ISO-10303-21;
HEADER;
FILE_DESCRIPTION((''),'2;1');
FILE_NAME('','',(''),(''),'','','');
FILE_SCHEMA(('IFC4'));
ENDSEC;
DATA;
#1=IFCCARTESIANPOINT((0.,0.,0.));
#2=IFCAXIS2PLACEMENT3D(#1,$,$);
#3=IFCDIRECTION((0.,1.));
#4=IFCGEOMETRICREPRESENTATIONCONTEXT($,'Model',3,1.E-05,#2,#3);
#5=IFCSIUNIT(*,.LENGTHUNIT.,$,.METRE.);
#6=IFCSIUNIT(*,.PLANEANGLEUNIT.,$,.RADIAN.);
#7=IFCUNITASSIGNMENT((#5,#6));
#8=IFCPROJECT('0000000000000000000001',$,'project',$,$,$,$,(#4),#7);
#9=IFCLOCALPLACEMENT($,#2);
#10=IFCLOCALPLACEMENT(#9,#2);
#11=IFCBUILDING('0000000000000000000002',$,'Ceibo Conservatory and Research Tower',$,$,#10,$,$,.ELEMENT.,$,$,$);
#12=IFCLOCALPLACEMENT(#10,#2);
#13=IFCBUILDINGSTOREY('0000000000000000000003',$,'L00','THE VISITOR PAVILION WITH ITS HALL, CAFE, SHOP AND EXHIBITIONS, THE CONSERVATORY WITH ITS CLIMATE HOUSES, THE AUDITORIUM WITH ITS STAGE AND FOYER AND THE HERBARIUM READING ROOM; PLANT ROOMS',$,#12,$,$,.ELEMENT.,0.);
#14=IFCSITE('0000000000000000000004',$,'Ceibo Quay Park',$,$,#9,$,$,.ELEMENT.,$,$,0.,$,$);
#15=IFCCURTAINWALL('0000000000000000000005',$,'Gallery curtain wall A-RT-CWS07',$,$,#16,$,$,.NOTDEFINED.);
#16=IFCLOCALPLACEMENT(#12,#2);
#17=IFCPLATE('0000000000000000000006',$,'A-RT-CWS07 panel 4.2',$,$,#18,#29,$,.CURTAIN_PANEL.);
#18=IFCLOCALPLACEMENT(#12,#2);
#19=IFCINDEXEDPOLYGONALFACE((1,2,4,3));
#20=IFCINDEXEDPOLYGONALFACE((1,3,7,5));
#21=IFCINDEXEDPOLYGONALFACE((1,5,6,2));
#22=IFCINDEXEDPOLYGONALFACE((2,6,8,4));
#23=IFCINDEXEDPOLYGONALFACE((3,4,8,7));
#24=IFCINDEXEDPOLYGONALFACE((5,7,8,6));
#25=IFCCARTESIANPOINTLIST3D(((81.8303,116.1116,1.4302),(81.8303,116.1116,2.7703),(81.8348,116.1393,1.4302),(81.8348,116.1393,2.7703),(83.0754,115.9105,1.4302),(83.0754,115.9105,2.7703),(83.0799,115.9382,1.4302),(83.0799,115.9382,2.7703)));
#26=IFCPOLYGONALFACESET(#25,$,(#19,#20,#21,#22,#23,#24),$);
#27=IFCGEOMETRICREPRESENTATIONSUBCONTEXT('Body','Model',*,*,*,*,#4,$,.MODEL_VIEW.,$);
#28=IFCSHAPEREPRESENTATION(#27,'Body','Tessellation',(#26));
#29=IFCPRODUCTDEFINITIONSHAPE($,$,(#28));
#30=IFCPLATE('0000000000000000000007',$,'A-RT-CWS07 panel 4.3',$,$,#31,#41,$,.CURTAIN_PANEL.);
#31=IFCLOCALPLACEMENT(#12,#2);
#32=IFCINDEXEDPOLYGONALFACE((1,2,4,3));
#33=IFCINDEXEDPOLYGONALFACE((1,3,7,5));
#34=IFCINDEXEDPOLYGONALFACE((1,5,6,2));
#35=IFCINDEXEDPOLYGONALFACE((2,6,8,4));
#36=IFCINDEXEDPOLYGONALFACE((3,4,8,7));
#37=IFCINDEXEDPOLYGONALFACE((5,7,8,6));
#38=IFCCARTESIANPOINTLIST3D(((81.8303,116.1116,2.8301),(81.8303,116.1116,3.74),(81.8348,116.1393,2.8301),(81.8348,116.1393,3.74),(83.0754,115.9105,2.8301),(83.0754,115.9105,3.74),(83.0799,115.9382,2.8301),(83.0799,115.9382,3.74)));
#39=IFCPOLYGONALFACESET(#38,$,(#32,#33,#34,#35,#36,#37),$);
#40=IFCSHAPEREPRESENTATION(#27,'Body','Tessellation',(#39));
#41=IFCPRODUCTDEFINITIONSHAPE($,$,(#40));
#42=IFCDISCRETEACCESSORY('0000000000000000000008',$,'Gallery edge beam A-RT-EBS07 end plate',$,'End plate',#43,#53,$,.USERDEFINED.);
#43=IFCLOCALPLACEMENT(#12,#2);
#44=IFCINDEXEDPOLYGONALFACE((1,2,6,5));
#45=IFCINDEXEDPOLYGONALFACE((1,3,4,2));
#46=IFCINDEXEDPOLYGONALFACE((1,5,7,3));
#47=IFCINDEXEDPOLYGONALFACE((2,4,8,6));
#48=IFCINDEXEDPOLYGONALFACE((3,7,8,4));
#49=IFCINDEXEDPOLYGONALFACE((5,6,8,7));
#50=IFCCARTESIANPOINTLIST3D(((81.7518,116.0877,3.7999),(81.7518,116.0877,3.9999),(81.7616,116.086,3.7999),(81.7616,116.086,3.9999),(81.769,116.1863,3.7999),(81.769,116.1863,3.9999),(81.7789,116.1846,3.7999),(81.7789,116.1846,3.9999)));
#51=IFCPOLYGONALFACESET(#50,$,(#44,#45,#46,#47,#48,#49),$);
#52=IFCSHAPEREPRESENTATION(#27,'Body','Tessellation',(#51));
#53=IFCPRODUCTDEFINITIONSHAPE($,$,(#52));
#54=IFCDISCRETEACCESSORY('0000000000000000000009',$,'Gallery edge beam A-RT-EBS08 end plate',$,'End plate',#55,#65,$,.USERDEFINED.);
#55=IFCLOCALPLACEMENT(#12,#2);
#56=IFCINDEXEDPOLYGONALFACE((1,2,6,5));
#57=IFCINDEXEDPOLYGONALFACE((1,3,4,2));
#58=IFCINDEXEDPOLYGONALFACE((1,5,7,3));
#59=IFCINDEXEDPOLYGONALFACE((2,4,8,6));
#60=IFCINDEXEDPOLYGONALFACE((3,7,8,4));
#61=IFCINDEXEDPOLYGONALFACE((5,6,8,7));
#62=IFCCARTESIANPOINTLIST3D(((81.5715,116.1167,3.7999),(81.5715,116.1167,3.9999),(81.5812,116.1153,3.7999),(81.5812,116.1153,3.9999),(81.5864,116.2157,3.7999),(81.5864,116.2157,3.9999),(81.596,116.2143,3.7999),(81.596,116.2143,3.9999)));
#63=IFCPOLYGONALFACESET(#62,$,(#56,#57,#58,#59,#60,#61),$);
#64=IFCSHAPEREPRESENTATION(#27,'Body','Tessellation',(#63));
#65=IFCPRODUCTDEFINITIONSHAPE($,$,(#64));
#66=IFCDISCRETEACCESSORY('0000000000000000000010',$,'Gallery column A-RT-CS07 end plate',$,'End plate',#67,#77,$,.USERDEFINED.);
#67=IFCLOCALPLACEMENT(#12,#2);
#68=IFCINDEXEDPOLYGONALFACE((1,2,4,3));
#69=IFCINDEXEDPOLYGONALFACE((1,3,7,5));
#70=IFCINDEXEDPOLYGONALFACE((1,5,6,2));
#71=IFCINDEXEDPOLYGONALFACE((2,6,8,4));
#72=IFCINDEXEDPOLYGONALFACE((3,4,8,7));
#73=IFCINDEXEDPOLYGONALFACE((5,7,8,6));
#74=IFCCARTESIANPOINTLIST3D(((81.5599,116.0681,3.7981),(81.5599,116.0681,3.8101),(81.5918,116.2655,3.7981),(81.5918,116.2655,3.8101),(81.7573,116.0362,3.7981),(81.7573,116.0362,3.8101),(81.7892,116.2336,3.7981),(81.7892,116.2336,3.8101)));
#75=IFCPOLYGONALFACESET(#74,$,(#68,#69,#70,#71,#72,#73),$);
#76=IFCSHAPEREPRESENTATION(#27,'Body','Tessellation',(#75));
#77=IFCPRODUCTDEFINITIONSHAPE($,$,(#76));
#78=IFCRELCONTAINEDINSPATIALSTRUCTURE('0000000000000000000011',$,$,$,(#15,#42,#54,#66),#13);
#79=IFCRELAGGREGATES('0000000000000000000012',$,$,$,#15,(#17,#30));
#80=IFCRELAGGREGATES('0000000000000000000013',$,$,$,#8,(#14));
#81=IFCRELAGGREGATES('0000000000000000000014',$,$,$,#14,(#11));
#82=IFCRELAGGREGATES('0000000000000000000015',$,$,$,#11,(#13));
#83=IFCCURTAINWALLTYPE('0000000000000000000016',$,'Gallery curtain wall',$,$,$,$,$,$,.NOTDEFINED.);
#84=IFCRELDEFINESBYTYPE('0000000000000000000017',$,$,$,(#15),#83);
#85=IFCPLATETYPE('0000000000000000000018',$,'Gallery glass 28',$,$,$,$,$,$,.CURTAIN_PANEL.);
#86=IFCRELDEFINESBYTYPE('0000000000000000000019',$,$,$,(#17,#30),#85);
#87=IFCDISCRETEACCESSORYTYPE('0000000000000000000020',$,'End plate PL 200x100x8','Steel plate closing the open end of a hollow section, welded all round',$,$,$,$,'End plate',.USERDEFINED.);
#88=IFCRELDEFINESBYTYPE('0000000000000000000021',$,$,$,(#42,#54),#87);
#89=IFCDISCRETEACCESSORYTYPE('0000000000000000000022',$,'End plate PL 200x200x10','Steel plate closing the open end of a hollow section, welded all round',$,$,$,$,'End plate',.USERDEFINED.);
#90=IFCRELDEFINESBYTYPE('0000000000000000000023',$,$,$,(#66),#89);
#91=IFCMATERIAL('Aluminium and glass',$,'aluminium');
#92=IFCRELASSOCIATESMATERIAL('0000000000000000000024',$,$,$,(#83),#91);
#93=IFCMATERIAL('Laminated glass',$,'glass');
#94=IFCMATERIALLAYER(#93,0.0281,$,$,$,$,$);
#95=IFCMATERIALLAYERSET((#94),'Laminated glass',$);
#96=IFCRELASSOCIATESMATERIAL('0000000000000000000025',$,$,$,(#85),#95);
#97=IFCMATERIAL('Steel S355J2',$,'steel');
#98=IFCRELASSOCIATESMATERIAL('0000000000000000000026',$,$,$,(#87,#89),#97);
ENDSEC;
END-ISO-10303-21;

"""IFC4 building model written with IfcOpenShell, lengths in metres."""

from ifc_helpers import new_model, si_unit, direction, frame, origin, origin_2d, place, context, subcontext, project, spatial, rectangle, extrude, material, layer, layer_set, material_profile, profile_set, type_object, element, aggregate, save


model = new_model("IFC4")

# Units and contexts
model_context = context("Model", 3, precision=1e-05, world=origin(), true_north=direction((0.0, 1.0)))
body_context = subcontext(model_context, "Body", "Model", "MODEL_VIEW")
ifc_project = project(units=[si_unit("LENGTHUNIT", "METRE"), si_unit("PLANEANGLEUNIT", "RADIAN")], contexts=[model_context])

# Site, building, storey
site_placement = place(None, origin())
site = spatial("IfcSite", under=ifc_project, at=site_placement, Name="Ceibo Quay Park", CompositionType="ELEMENT", RefElevation=0.0)
building_placement = place(site_placement, origin())
building = spatial("IfcBuilding", under=site, at=building_placement, Name="Ceibo Conservatory and Research Tower", CompositionType="ELEMENT")
storey_placement = place(building_placement, origin())
storey = spatial("IfcBuildingStorey", under=building, at=storey_placement, Name="L00", Description="THE VISITOR PAVILION WITH ITS HALL, CAFE, SHOP AND EXHIBITIONS, THE CONSERVATORY WITH ITS CLIMATE HOUSES, THE AUDITORIUM WITH ITS STAGE AND FOYER AND THE HERBARIUM READING ROOM; PLANT ROOMS", CompositionType="ELEMENT", Elevation=0.0)

# Curtain wall
ifc_material_1 = material(Name="Aluminium and glass", Category="aluminium")
curtain_wall_type = type_object("IfcCurtainWallType", Name="Gallery curtain wall", PredefinedType="NOTDEFINED", material=ifc_material_1)
curtain_wall_1_placement = place(storey_placement, origin())
curtain_wall_1 = element("IfcCurtainWall", 1, at=curtain_wall_1_placement, inside=storey, type_object=curtain_wall_type, Name="Gallery curtain wall A-RT-CWS07", PredefinedType="NOTDEFINED")

# Plates
ifc_material_2 = material(Name="Laminated glass", Category="glass")
ifc_layer = layer(ifc_material_2, 0.0281)
ifc_layer_set = layer_set([ifc_layer], Name="Laminated glass")
plate_type = type_object("IfcPlateType", Name="Gallery glass 28", PredefinedType="CURTAIN_PANEL", material=ifc_layer_set)
plate_1_placement = place(storey_placement, frame((82.4551, 116.0249, 1.4302), z_axis=(0.0, 0.0, 1.0), x_axis=(-0.987216, 0.159391, 0.0)))
plate_1 = element("IfcPlate", 2, at=plate_1_placement, type_object=plate_type, Name="A-RT-CWS07 panel 4.2", PredefinedType="CURTAIN_PANEL", context=body_context, shape_type="SweptSolid", body=[
    extrude(rectangle(XDim=1.2612, YDim=0.0281, at=origin_2d()), origin(), (0.0, 0.0, 1.0), 1.3401),
])
plate_2_placement = place(storey_placement, frame((82.4551, 116.0249, 2.8301), z_axis=(0.0, 0.0, 1.0), x_axis=(-0.987216, 0.159391, 0.0)))
plate_2 = element("IfcPlate", 3, at=plate_2_placement, type_object=plate_type, Name="A-RT-CWS07 panel 4.3", PredefinedType="CURTAIN_PANEL", context=body_context, shape_type="SweptSolid", body=[
    extrude(rectangle(XDim=1.2612, YDim=0.0281, at=origin_2d()), origin(), (0.0, 0.0, 1.0), 0.9099),
])
aggregate(curtain_wall_1, [plate_1, plate_2])

# Discrete accessories
ifc_material_3 = material(Name="Steel S355J2", Category="steel")
ifc_material_profile_1 = material_profile(ifc_material_3, rectangle(XDim=0.1001, YDim=0.2, at=origin_2d()), Name="End plate PL 200x100x8")
ifc_profile_set_1 = profile_set([ifc_material_profile_1], Name="Steel S355J2")
discrete_accessory_type_1 = type_object("IfcDiscreteAccessoryType", Name="End plate PL 200x100x8", Description="Steel plate closing the open end of a hollow section, welded all round", ElementType="End plate", PredefinedType="USERDEFINED", material=ifc_profile_set_1)
discrete_accessory_1_placement = place(storey_placement, frame((81.7703, 116.1353, 3.8999), z_axis=(-0.98503, 0.17238, 0.0), x_axis=(-0.17238, -0.98503, 0.0)))
element("IfcDiscreteAccessory", 4, at=discrete_accessory_1_placement, inside=storey, type_object=discrete_accessory_type_1, Name="Gallery edge beam A-RT-EBS07 end plate", ObjectType="End plate", PredefinedType="USERDEFINED", context=body_context, shape_type="SweptSolid", body=[
    extrude(rectangle(XDim=0.1001, YDim=0.2, at=origin_2d()), origin(), (0.0, 0.0, 1.0), 0.01),
])
discrete_accessory_2_placement = place(storey_placement, frame((81.5886, 116.1648, 3.8999), z_axis=(-0.988936, 0.14834, 0.0), x_axis=(-0.14834, -0.988936, 0.0)))
element("IfcDiscreteAccessory", 5, at=discrete_accessory_2_placement, inside=storey, type_object=discrete_accessory_type_1, Name="Gallery edge beam A-RT-EBS08 end plate", ObjectType="End plate", PredefinedType="USERDEFINED", context=body_context, shape_type="SweptSolid", body=[
    extrude(rectangle(XDim=0.1001, YDim=0.2, at=origin_2d()), origin(), (0.0, 0.0, 1.0), 0.0098),
])
ifc_material_profile_2 = material_profile(ifc_material_3, rectangle(XDim=0.2, YDim=0.2, at=origin_2d()), Name="End plate PL 200x200x10")
ifc_profile_set_2 = profile_set([ifc_material_profile_2], Name="Steel S355J2")
discrete_accessory_type_2 = type_object("IfcDiscreteAccessoryType", Name="End plate PL 200x200x10", Description="Steel plate closing the open end of a hollow section, welded all round", ElementType="End plate", PredefinedType="USERDEFINED", material=ifc_profile_set_2)
discrete_accessory_3_placement = place(storey_placement, frame((81.6746, 116.1509, 3.7981), z_axis=(0.0, 0.0, 1.0), x_axis=(-0.987216, 0.159391, 0.0)))
element("IfcDiscreteAccessory", 6, at=discrete_accessory_3_placement, inside=storey, type_object=discrete_accessory_type_2, Name="Gallery column A-RT-CS07 end plate", ObjectType="End plate", PredefinedType="USERDEFINED", context=body_context, shape_type="SweptSolid", body=[
    extrude(rectangle(XDim=0.2, YDim=0.2, at=origin_2d()), origin(), (0.0, 0.0, 1.0), 0.012),
])

save(model, "model.ifc")
